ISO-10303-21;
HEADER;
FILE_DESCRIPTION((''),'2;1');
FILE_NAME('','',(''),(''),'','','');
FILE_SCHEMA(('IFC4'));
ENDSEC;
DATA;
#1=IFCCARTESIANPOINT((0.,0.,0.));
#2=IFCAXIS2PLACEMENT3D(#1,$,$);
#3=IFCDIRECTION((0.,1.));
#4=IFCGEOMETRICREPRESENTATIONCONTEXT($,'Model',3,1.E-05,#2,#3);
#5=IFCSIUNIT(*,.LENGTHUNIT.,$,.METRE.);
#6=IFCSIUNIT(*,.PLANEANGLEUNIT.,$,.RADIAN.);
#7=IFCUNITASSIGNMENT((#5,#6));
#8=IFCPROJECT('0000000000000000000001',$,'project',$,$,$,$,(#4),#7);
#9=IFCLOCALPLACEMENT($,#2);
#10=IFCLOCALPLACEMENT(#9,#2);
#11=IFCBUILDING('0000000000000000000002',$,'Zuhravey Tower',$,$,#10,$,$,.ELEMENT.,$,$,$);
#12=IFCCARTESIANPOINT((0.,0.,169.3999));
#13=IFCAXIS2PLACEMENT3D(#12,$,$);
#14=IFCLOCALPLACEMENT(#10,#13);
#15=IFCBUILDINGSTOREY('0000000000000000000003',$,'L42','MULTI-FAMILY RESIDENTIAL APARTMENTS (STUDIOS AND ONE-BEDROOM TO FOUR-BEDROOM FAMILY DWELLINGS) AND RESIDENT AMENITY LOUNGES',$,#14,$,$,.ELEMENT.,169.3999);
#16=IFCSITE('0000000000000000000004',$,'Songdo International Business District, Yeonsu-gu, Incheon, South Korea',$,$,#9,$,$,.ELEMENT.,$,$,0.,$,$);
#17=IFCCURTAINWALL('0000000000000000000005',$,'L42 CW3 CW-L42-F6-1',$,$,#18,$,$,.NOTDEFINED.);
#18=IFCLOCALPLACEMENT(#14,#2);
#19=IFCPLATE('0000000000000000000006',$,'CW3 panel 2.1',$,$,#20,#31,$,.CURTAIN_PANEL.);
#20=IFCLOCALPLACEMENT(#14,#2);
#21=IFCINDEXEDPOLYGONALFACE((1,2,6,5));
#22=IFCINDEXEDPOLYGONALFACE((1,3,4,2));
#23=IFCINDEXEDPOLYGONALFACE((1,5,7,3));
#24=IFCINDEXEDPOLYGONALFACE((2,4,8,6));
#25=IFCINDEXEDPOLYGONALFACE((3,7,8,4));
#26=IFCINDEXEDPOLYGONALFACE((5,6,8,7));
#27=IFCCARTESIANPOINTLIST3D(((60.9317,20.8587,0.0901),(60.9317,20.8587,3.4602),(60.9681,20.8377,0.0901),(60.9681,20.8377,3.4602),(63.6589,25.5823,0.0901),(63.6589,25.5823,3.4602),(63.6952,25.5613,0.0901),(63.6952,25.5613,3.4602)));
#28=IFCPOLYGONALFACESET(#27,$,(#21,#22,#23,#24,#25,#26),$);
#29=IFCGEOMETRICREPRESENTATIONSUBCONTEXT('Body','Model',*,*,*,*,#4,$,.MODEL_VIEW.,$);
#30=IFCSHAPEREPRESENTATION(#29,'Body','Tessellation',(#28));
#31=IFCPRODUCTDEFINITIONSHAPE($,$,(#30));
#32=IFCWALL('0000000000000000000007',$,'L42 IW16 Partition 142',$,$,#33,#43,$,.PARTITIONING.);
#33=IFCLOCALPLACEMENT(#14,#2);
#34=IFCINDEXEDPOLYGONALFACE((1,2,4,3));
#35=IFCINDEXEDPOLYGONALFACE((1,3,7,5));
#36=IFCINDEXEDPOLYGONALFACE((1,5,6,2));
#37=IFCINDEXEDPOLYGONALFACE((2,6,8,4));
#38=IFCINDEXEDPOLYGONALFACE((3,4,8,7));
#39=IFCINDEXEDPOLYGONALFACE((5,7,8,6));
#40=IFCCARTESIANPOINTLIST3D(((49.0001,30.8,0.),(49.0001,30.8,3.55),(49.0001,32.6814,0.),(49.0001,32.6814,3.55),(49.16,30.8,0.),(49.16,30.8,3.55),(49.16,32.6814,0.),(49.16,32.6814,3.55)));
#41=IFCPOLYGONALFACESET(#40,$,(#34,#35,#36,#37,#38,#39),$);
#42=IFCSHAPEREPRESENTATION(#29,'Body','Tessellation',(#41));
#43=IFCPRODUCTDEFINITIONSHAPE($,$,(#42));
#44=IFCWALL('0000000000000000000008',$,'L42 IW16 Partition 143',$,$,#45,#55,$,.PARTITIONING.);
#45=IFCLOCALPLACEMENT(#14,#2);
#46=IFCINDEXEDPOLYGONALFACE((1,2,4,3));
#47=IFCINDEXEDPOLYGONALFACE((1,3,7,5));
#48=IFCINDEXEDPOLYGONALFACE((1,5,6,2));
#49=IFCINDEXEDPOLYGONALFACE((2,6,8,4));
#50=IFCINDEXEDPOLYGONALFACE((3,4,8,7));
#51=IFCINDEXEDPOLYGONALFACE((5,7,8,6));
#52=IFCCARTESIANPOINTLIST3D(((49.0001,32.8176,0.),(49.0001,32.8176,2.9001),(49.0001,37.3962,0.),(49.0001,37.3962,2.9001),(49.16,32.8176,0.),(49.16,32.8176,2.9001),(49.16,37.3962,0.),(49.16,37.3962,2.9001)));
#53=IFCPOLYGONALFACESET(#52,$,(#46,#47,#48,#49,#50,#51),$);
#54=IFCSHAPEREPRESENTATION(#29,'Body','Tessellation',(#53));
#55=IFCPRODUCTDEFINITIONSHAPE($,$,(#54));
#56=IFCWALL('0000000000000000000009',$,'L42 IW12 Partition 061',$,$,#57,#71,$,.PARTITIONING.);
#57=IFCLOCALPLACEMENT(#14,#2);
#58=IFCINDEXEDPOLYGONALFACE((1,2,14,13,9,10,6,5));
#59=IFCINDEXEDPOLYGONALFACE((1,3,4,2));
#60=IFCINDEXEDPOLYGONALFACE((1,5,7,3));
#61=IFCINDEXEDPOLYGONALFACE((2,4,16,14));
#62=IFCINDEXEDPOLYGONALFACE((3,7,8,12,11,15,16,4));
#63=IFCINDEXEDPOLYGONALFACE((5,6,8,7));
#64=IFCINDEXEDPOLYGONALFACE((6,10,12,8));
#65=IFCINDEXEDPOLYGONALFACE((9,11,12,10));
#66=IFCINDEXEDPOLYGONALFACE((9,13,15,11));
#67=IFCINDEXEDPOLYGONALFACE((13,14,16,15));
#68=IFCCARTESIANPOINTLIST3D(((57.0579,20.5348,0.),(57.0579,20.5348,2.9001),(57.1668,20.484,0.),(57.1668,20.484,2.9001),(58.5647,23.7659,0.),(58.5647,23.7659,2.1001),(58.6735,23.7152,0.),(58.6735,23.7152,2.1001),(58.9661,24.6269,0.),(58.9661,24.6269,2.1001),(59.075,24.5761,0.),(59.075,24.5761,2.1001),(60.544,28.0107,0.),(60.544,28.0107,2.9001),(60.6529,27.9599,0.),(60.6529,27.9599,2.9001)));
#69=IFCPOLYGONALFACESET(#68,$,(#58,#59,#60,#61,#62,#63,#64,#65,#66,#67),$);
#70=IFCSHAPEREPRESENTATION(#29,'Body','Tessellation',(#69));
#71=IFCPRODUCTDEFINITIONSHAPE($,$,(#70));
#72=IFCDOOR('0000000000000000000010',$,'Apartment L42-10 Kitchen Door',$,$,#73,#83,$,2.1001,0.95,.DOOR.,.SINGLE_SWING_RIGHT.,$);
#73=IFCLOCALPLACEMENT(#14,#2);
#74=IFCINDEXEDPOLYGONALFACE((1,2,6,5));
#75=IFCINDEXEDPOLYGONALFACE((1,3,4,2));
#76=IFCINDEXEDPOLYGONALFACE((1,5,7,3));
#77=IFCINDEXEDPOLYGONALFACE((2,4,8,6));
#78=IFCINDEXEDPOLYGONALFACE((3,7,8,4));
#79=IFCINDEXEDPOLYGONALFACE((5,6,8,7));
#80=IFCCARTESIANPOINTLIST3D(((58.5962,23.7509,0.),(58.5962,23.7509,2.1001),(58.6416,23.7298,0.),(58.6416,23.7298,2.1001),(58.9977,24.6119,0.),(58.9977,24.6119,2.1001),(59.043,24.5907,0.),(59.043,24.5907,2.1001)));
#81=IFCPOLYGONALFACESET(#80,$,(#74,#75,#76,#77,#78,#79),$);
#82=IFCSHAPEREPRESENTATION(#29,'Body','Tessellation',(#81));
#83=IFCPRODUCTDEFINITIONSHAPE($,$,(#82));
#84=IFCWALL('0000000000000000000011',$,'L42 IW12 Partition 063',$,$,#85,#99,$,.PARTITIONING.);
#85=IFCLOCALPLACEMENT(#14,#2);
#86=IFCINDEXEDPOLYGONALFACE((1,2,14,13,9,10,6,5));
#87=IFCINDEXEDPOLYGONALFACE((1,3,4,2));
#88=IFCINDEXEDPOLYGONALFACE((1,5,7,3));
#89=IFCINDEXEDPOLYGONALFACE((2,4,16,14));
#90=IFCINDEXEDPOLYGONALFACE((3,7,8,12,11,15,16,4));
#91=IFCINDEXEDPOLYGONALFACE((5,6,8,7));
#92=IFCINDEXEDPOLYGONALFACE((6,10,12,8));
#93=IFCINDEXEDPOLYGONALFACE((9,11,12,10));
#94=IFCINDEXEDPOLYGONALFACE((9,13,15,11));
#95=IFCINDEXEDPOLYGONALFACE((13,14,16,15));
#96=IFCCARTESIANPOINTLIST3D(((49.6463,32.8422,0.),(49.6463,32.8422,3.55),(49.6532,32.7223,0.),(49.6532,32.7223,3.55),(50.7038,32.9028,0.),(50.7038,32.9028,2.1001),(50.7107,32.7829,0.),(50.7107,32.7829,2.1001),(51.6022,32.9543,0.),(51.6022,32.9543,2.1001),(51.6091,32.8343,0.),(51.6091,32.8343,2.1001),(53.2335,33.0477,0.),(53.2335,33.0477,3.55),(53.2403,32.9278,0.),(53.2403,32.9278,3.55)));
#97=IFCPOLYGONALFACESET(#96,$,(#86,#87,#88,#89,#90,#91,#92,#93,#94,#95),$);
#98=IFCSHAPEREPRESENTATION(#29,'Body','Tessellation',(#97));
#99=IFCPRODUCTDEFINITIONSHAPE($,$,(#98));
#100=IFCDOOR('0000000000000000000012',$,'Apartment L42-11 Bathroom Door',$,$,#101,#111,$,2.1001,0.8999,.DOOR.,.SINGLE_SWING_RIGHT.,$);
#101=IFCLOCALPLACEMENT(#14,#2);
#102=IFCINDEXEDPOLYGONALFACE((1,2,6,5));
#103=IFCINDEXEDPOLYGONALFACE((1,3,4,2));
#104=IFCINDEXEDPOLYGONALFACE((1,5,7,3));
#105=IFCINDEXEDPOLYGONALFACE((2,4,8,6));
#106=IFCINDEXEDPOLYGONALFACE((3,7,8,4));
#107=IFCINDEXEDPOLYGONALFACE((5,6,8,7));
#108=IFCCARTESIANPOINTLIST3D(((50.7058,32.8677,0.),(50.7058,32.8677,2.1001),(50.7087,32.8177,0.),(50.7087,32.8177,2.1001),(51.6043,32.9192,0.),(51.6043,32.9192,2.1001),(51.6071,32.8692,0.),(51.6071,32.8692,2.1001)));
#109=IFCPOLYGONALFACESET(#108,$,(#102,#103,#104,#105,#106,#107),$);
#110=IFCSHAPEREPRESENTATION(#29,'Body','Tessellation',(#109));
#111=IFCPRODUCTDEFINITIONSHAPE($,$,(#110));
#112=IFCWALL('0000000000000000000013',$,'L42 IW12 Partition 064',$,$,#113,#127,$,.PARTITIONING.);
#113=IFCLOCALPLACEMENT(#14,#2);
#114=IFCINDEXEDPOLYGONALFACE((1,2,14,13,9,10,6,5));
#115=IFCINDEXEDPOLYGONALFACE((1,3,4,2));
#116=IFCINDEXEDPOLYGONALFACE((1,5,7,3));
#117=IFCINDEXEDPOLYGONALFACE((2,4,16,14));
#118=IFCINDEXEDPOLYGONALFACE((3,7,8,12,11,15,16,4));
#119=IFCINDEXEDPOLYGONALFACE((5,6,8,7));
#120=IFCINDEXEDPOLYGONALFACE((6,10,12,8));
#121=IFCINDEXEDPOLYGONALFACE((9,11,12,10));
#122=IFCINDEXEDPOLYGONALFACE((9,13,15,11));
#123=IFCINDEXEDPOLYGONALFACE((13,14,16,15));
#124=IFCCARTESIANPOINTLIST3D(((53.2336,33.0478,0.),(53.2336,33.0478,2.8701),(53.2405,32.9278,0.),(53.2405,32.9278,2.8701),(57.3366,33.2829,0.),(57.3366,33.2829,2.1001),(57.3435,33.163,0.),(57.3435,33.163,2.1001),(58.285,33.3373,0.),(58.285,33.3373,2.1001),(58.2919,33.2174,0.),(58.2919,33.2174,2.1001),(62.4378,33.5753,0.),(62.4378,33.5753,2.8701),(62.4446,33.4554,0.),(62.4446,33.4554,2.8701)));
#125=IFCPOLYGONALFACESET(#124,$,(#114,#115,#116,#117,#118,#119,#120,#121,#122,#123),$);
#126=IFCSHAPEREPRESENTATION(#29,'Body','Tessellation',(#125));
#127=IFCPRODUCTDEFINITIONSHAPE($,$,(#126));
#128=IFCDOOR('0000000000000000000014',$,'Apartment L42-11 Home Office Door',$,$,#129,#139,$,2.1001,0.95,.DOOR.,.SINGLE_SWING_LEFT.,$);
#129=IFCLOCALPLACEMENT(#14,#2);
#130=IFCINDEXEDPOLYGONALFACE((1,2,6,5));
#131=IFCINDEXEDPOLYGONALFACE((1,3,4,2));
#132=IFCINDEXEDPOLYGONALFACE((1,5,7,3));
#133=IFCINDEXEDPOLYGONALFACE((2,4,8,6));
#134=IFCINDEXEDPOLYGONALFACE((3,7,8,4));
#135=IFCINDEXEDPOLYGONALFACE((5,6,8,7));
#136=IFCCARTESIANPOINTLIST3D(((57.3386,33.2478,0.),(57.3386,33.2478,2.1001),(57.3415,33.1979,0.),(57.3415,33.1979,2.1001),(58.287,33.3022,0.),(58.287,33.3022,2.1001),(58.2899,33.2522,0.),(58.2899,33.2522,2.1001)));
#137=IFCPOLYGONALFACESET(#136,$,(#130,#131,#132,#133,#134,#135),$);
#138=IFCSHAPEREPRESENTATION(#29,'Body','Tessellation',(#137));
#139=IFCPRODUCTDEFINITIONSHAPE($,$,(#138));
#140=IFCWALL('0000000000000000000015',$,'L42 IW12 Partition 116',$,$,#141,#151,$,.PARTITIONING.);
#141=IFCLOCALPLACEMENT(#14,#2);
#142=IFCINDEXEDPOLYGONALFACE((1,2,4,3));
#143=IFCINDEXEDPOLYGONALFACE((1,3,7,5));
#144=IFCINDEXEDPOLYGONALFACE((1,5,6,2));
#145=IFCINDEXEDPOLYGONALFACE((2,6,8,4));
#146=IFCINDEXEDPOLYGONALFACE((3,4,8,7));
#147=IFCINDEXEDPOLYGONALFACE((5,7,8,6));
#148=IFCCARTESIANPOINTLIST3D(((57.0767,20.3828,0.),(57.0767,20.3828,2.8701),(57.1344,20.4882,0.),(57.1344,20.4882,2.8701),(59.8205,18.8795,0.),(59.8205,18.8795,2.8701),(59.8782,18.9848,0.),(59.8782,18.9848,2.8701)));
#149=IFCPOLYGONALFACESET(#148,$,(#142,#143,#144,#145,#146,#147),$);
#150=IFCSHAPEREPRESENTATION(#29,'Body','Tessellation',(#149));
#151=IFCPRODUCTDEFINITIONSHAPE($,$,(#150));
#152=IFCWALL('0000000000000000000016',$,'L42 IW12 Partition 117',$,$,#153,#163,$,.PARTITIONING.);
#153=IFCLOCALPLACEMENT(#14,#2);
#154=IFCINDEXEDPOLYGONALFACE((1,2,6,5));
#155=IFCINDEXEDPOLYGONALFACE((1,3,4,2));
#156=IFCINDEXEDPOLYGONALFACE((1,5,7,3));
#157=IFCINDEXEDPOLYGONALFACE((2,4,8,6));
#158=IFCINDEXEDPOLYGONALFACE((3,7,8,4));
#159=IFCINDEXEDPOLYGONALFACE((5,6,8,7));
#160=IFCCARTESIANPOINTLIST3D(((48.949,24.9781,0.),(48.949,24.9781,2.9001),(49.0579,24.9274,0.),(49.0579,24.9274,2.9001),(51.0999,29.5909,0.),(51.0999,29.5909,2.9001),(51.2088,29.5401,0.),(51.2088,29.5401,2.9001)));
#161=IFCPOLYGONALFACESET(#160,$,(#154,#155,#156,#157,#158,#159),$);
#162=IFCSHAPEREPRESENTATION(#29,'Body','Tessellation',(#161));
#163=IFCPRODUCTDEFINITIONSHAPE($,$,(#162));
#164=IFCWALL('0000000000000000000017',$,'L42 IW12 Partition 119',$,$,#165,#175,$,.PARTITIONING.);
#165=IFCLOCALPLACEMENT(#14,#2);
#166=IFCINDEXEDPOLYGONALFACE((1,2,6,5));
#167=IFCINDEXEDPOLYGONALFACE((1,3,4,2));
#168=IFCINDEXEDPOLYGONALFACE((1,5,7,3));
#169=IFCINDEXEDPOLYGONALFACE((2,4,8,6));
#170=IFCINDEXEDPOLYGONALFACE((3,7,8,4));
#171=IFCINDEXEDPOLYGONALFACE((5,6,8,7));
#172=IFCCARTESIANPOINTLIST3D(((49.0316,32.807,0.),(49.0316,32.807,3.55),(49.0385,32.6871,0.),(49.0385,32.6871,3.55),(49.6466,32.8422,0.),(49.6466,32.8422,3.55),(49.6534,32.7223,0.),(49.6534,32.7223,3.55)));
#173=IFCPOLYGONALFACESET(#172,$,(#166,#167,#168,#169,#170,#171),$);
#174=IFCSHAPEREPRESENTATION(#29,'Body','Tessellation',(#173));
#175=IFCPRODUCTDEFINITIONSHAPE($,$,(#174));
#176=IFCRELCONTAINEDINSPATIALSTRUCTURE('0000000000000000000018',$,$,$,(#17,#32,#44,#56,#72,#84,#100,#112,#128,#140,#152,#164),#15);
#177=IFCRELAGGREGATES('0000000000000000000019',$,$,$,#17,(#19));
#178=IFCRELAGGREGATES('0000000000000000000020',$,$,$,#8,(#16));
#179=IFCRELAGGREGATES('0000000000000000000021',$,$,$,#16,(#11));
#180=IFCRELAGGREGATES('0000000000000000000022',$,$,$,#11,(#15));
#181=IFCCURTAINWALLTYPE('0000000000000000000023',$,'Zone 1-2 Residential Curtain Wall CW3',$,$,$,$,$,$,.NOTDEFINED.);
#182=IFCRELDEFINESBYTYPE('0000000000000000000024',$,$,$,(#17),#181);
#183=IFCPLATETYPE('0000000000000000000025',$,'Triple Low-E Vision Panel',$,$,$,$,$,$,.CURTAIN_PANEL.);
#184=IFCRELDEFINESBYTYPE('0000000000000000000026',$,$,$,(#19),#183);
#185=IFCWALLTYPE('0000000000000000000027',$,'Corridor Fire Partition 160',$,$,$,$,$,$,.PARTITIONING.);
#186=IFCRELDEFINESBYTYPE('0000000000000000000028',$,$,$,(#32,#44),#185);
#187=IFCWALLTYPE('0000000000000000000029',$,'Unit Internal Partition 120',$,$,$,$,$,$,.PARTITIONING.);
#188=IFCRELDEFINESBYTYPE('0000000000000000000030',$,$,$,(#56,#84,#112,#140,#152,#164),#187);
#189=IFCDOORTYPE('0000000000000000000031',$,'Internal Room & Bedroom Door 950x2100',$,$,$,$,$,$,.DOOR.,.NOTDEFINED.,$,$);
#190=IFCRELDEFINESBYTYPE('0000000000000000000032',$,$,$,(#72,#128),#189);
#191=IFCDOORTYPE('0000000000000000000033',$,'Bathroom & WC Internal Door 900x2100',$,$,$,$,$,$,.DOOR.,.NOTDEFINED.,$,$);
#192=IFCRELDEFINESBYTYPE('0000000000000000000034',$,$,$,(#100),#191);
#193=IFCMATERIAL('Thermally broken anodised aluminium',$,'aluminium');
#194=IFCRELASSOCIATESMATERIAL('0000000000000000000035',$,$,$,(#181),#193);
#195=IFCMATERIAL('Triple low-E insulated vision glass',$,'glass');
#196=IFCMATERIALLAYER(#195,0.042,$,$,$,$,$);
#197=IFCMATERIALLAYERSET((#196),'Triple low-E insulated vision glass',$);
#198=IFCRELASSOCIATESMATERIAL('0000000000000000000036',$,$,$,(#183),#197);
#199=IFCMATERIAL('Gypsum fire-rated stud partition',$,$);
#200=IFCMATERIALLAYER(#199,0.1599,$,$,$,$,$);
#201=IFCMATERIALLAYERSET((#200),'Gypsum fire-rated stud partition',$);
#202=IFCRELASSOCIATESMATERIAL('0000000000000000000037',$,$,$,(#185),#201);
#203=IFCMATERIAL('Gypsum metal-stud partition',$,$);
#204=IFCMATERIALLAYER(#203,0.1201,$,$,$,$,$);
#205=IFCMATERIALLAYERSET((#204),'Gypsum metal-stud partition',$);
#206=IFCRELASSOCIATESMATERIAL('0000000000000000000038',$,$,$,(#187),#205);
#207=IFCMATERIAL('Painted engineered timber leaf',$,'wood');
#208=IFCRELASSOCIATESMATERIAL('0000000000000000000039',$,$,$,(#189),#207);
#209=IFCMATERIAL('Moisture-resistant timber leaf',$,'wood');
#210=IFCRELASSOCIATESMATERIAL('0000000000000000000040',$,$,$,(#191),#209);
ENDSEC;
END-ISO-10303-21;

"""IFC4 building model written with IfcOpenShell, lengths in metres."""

from ifc_helpers import new_model, si_unit, direction, frame, frame_2d, origin, origin_2d, place, context, subcontext, project, spatial, rectangle, extrude, material, layer, layer_set, type_object, element, fill, aggregate, save


model = new_model("IFC4")

# Units and contexts
model_context = context("Model", 3, precision=1e-05, world=origin(), true_north=direction((0.0, 1.0)))
body_context = subcontext(model_context, "Body", "Model", "MODEL_VIEW")
ifc_project = project(units=[si_unit("LENGTHUNIT", "METRE"), si_unit("PLANEANGLEUNIT", "RADIAN")], contexts=[model_context])

# Site, building, storey
site_placement = place(None, origin())
site = spatial("IfcSite", under=ifc_project, at=site_placement, Name="Songdo International Business District, Yeonsu-gu, Incheon, South Korea", CompositionType="ELEMENT", RefElevation=0.0)
building_placement = place(site_placement, origin())
building = spatial("IfcBuilding", under=site, at=building_placement, Name="Zuhravey Tower", CompositionType="ELEMENT")
storey_placement = place(building_placement, frame((0.0, 0.0, 169.3999)))
storey = spatial("IfcBuildingStorey", under=building, at=storey_placement, Name="L42", Description="MULTI-FAMILY RESIDENTIAL APARTMENTS (STUDIOS AND ONE-BEDROOM TO FOUR-BEDROOM FAMILY DWELLINGS) AND RESIDENT AMENITY LOUNGES", CompositionType="ELEMENT", Elevation=169.3999)

# Curtain wall
ifc_material_1 = material(Name="Thermally broken anodised aluminium", Category="aluminium")
curtain_wall_type = type_object("IfcCurtainWallType", Name="Zone 1-2 Residential Curtain Wall CW3", PredefinedType="NOTDEFINED", material=ifc_material_1)
curtain_wall_placement = place(storey_placement, origin())
curtain_wall = element("IfcCurtainWall", 1, at=curtain_wall_placement, inside=storey, type_object=curtain_wall_type, Name="L42 CW3 CW-L42-F6-1", PredefinedType="NOTDEFINED")

# Plate
ifc_material_2 = material(Name="Triple low-E insulated vision glass", Category="glass")
ifc_layer_1 = layer(ifc_material_2, 0.042)
ifc_layer_set_1 = layer_set([ifc_layer_1], Name="Triple low-E insulated vision glass")
plate_type_1 = type_object("IfcPlateType", Name="Triple Low-E Vision Panel", PredefinedType="CURTAIN_PANEL", material=ifc_layer_set_1)
plate_1_placement = place(storey_placement, frame((62.3135, 23.21, 0.0901), z_axis=(0.0, 0.0, 1.0), x_axis=(-0.5, -0.866025, 0.0)))
plate_1 = element("IfcPlate", 2, at=plate_1_placement, type_object=plate_type_1, Name="CW3 panel 2.1", PredefinedType="CURTAIN_PANEL", context=body_context, shape_type="SweptSolid", body=[
    extrude(rectangle(XDim=5.4543, YDim=0.042, at=origin_2d()), origin(), (0.0, 0.0, 1.0), 3.3701),
])
aggregate(curtain_wall, [plate_1])

# Shared definitions
ifc_material_3 = material(Name="Gypsum fire-rated stud partition")
ifc_layer_2 = layer(ifc_material_3, 0.1599)
ifc_layer_set_2 = layer_set([ifc_layer_2], Name="Gypsum fire-rated stud partition")
wall_type_1 = type_object("IfcWallType", Name="Corridor Fire Partition 160", PredefinedType="PARTITIONING", material=ifc_layer_set_2)

# Walls
wall_1_placement = place(storey_placement, frame((49.0801, 30.8, 0.0), z_axis=(0.0, 0.0, 1.0), x_axis=(0.0, 1.0, 0.0)))
element("IfcWall", 3, at=wall_1_placement, inside=storey, type_object=wall_type_1, Name="L42 IW16 Partition 142", PredefinedType="PARTITIONING", context=body_context, shape_type="SweptSolid", body=[
    extrude(rectangle(XDim=1.8813, YDim=0.1599, at=frame_2d((0.9407, 0.0))), origin(), (0.0, 0.0, 1.0), 3.55),
])
wall_2_placement = place(storey_placement, frame((49.0801, 32.8176, 0.0), z_axis=(0.0, 0.0, 1.0), x_axis=(0.0, 1.0, 0.0)))
element("IfcWall", 4, at=wall_2_placement, inside=storey, type_object=wall_type_1, Name="L42 IW16 Partition 143", PredefinedType="PARTITIONING", context=body_context, shape_type="SweptSolid", body=[
    extrude(rectangle(XDim=4.5786, YDim=0.1599, at=frame_2d((2.2893, 0.0))), origin(), (0.0, 0.0, 1.0), 2.9001),
])

# Walls, openings, doors
ifc_material_4 = material(Name="Gypsum metal-stud partition")
ifc_layer_3 = layer(ifc_material_4, 0.1201)
ifc_layer_set_3 = layer_set([ifc_layer_3], Name="Gypsum metal-stud partition")
wall_type_2 = type_object("IfcWallType", Name="Unit Internal Partition 120", PredefinedType="PARTITIONING", material=ifc_layer_set_3)
wall_3_placement = place(storey_placement, frame((57.1123, 20.5093, 0.0), z_axis=(0.0, 0.0, 1.0), x_axis=(0.422623, 0.906306, 0.0)))
wall_3 = element("IfcWall", 5, at=wall_3_placement, inside=storey, type_object=wall_type_2, Name="L42 IW12 Partition 061", PredefinedType="PARTITIONING", context=body_context, shape_type="SweptSolid", body=[
    extrude(rectangle(XDim=8.2488, YDim=0.1201, at=frame_2d((4.1245, 0.0))), origin(), (0.0, 0.0, 1.0), 2.9001),
])
opening_1_placement = place(wall_3_placement, frame((3.5652, 0.0, 0.0)))
opening_1 = element("IfcOpeningElement", 6, at=opening_1_placement, cuts=wall_3, PredefinedType="OPENING", context=body_context, shape_type="SweptSolid", body=[
    extrude(rectangle(XDim=0.95, YDim=2.1001, at=frame_2d((0.4751, 1.05))), frame((0.0, 0.072, 0.0), z_axis=(0.0, -1.0, 0.0), x_axis=(1.0, 0.0, 0.0)), (0.0, 0.0, 1.0), 0.144),
])
ifc_material_5 = material(Name="Painted engineered timber leaf", Category="wood")
door_type_1 = type_object("IfcDoorType", Name="Internal Room & Bedroom Door 950x2100", OperationType="NOTDEFINED", PredefinedType="DOOR", material=ifc_material_5)
door_1_placement = place(opening_1_placement, frame((0.95, 0.0, 0.0), z_axis=(0.0, 0.0, 1.0), x_axis=(-1.0, 0.0, 0.0)))
door_1 = element("IfcDoor", 7, at=door_1_placement, inside=storey, type_object=door_type_1, Name="Apartment L42-10 Kitchen Door", OperationType="SINGLE_SWING_RIGHT", OverallHeight=2.1001, OverallWidth=0.95, PredefinedType="DOOR", context=body_context, shape_type="SweptSolid", body=[
    extrude(rectangle(XDim=0.95, YDim=2.1001, at=frame_2d((0.4751, 1.05))), frame((0.0, 0.0249, 0.0), z_axis=(0.0, -1.0, 0.0), x_axis=(1.0, 0.0, 0.0)), (0.0, 0.0, 1.0), 0.05),
])
fill(opening_1, door_1)
wall_4_placement = place(storey_placement, frame((49.6499, 32.7822, 0.0), z_axis=(0.0, 0.0, 1.0), x_axis=(0.998362, 0.057212, 0.0)))
wall_4 = element("IfcWall", 8, at=wall_4_placement, inside=storey, type_object=wall_type_2, Name="L42 IW12 Partition 063", PredefinedType="PARTITIONING", context=body_context, shape_type="SweptSolid", body=[
    extrude(rectangle(XDim=3.593, YDim=0.1201, at=frame_2d((1.7964, 0.0))), origin(), (0.0, 0.0, 1.0), 3.55),
])
opening_2_placement = place(wall_4_placement, frame((1.0591, 0.0, 0.0)))
opening_2 = element("IfcOpeningElement", 9, at=opening_2_placement, cuts=wall_4, PredefinedType="OPENING", context=body_context, shape_type="SweptSolid", body=[
    extrude(rectangle(XDim=0.8999, YDim=2.1001, at=frame_2d((0.45, 1.05))), frame((0.0, 0.072, 0.0), z_axis=(0.0, -1.0, 0.0), x_axis=(1.0, 0.0, 0.0)), (0.0, 0.0, 1.0), 0.144),
])
ifc_material_6 = material(Name="Moisture-resistant timber leaf", Category="wood")
door_type_2 = type_object("IfcDoorType", Name="Bathroom & WC Internal Door 900x2100", OperationType="NOTDEFINED", PredefinedType="DOOR", material=ifc_material_6)
door_2_placement = place(opening_2_placement, origin())
door_2 = element("IfcDoor", 10, at=door_2_placement, inside=storey, type_object=door_type_2, Name="Apartment L42-11 Bathroom Door", OperationType="SINGLE_SWING_RIGHT", OverallHeight=2.1001, OverallWidth=0.8999, PredefinedType="DOOR", context=body_context, shape_type="SweptSolid", body=[
    extrude(rectangle(XDim=0.8999, YDim=2.1001, at=frame_2d((0.45, 1.05))), frame((0.0, 0.0249, 0.0), z_axis=(0.0, -1.0, 0.0), x_axis=(1.0, 0.0, 0.0)), (0.0, 0.0, 1.0), 0.05),
])
fill(opening_2, door_2)
wall_5_placement = place(storey_placement, frame((53.2371, 32.9878, 0.0), z_axis=(0.0, 0.0, 1.0), x_axis=(0.998361, 0.057227, 0.0)))
wall_5 = element("IfcWall", 11, at=wall_5_placement, inside=storey, type_object=wall_type_2, Name="L42 IW12 Partition 064", PredefinedType="PARTITIONING", context=body_context, shape_type="SweptSolid", body=[
    extrude(rectangle(XDim=9.2192, YDim=0.1201, at=frame_2d((4.6096, 0.0))), origin(), (0.0, 0.0, 1.0), 2.8701),
])
opening_3_placement = place(wall_5_placement, frame((4.1096, 0.0, 0.0)))
opening_3 = element("IfcOpeningElement", 12, at=opening_3_placement, cuts=wall_5, PredefinedType="OPENING", context=body_context, shape_type="SweptSolid", body=[
    extrude(rectangle(XDim=0.95, YDim=2.1001, at=frame_2d((0.4751, 1.05))), frame((0.0, 0.072, 0.0), z_axis=(0.0, -1.0, 0.0), x_axis=(1.0, 0.0, 0.0)), (0.0, 0.0, 1.0), 0.144),
])
door_3_placement = place(opening_3_placement, origin())
door_3 = element("IfcDoor", 13, at=door_3_placement, inside=storey, type_object=door_type_1, Name="Apartment L42-11 Home Office Door", OperationType="SINGLE_SWING_LEFT", OverallHeight=2.1001, OverallWidth=0.95, PredefinedType="DOOR", context=body_context, shape_type="SweptSolid", body=[
    extrude(rectangle(XDim=0.95, YDim=2.1001, at=frame_2d((0.4751, 1.05))), frame((0.0, 0.0249, 0.0), z_axis=(0.0, -1.0, 0.0), x_axis=(1.0, 0.0, 0.0)), (0.0, 0.0, 1.0), 0.05),
])
fill(opening_3, door_3)

# Walls
wall_6_placement = place(storey_placement, frame((57.1055, 20.4355, 0.0), z_axis=(0.0, 0.0, 1.0), x_axis=(0.876987, -0.480513, 0.0)))
element("IfcWall", 14, at=wall_6_placement, inside=storey, type_object=wall_type_2, Name="L42 IW12 Partition 116", PredefinedType="PARTITIONING", context=body_context, shape_type="SweptSolid", body=[
    extrude(rectangle(XDim=3.1287, YDim=0.1201, at=frame_2d((1.5645, 0.0))), origin(), (0.0, 0.0, 1.0), 2.8701),
])
wall_7_placement = place(storey_placement, frame((49.0034, 24.9526, 0.0), z_axis=(0.0, 0.0, 1.0), x_axis=(0.422602, 0.906315, 0.0)))
element("IfcWall", 15, at=wall_7_placement, inside=storey, type_object=wall_type_2, Name="L42 IW12 Partition 117", PredefinedType="PARTITIONING", context=body_context, shape_type="SweptSolid", body=[
    extrude(rectangle(XDim=5.0896, YDim=0.1201, at=frame_2d((2.5449, 0.0))), origin(), (0.0, 0.0, 1.0), 2.9001),
])
wall_8_placement = place(storey_placement, frame((49.0349, 32.7471, 0.0), z_axis=(0.0, 0.0, 1.0), x_axis=(0.99837, 0.057072, 0.0)))
element("IfcWall", 16, at=wall_8_placement, inside=storey, type_object=wall_type_2, Name="L42 IW12 Partition 119", PredefinedType="PARTITIONING", context=body_context, shape_type="SweptSolid", body=[
    extrude(rectangle(XDim=0.616, YDim=0.1201, at=frame_2d((0.3081, 0.0))), origin(), (0.0, 0.0, 1.0), 3.55),
])

save(model, "model.ifc")
